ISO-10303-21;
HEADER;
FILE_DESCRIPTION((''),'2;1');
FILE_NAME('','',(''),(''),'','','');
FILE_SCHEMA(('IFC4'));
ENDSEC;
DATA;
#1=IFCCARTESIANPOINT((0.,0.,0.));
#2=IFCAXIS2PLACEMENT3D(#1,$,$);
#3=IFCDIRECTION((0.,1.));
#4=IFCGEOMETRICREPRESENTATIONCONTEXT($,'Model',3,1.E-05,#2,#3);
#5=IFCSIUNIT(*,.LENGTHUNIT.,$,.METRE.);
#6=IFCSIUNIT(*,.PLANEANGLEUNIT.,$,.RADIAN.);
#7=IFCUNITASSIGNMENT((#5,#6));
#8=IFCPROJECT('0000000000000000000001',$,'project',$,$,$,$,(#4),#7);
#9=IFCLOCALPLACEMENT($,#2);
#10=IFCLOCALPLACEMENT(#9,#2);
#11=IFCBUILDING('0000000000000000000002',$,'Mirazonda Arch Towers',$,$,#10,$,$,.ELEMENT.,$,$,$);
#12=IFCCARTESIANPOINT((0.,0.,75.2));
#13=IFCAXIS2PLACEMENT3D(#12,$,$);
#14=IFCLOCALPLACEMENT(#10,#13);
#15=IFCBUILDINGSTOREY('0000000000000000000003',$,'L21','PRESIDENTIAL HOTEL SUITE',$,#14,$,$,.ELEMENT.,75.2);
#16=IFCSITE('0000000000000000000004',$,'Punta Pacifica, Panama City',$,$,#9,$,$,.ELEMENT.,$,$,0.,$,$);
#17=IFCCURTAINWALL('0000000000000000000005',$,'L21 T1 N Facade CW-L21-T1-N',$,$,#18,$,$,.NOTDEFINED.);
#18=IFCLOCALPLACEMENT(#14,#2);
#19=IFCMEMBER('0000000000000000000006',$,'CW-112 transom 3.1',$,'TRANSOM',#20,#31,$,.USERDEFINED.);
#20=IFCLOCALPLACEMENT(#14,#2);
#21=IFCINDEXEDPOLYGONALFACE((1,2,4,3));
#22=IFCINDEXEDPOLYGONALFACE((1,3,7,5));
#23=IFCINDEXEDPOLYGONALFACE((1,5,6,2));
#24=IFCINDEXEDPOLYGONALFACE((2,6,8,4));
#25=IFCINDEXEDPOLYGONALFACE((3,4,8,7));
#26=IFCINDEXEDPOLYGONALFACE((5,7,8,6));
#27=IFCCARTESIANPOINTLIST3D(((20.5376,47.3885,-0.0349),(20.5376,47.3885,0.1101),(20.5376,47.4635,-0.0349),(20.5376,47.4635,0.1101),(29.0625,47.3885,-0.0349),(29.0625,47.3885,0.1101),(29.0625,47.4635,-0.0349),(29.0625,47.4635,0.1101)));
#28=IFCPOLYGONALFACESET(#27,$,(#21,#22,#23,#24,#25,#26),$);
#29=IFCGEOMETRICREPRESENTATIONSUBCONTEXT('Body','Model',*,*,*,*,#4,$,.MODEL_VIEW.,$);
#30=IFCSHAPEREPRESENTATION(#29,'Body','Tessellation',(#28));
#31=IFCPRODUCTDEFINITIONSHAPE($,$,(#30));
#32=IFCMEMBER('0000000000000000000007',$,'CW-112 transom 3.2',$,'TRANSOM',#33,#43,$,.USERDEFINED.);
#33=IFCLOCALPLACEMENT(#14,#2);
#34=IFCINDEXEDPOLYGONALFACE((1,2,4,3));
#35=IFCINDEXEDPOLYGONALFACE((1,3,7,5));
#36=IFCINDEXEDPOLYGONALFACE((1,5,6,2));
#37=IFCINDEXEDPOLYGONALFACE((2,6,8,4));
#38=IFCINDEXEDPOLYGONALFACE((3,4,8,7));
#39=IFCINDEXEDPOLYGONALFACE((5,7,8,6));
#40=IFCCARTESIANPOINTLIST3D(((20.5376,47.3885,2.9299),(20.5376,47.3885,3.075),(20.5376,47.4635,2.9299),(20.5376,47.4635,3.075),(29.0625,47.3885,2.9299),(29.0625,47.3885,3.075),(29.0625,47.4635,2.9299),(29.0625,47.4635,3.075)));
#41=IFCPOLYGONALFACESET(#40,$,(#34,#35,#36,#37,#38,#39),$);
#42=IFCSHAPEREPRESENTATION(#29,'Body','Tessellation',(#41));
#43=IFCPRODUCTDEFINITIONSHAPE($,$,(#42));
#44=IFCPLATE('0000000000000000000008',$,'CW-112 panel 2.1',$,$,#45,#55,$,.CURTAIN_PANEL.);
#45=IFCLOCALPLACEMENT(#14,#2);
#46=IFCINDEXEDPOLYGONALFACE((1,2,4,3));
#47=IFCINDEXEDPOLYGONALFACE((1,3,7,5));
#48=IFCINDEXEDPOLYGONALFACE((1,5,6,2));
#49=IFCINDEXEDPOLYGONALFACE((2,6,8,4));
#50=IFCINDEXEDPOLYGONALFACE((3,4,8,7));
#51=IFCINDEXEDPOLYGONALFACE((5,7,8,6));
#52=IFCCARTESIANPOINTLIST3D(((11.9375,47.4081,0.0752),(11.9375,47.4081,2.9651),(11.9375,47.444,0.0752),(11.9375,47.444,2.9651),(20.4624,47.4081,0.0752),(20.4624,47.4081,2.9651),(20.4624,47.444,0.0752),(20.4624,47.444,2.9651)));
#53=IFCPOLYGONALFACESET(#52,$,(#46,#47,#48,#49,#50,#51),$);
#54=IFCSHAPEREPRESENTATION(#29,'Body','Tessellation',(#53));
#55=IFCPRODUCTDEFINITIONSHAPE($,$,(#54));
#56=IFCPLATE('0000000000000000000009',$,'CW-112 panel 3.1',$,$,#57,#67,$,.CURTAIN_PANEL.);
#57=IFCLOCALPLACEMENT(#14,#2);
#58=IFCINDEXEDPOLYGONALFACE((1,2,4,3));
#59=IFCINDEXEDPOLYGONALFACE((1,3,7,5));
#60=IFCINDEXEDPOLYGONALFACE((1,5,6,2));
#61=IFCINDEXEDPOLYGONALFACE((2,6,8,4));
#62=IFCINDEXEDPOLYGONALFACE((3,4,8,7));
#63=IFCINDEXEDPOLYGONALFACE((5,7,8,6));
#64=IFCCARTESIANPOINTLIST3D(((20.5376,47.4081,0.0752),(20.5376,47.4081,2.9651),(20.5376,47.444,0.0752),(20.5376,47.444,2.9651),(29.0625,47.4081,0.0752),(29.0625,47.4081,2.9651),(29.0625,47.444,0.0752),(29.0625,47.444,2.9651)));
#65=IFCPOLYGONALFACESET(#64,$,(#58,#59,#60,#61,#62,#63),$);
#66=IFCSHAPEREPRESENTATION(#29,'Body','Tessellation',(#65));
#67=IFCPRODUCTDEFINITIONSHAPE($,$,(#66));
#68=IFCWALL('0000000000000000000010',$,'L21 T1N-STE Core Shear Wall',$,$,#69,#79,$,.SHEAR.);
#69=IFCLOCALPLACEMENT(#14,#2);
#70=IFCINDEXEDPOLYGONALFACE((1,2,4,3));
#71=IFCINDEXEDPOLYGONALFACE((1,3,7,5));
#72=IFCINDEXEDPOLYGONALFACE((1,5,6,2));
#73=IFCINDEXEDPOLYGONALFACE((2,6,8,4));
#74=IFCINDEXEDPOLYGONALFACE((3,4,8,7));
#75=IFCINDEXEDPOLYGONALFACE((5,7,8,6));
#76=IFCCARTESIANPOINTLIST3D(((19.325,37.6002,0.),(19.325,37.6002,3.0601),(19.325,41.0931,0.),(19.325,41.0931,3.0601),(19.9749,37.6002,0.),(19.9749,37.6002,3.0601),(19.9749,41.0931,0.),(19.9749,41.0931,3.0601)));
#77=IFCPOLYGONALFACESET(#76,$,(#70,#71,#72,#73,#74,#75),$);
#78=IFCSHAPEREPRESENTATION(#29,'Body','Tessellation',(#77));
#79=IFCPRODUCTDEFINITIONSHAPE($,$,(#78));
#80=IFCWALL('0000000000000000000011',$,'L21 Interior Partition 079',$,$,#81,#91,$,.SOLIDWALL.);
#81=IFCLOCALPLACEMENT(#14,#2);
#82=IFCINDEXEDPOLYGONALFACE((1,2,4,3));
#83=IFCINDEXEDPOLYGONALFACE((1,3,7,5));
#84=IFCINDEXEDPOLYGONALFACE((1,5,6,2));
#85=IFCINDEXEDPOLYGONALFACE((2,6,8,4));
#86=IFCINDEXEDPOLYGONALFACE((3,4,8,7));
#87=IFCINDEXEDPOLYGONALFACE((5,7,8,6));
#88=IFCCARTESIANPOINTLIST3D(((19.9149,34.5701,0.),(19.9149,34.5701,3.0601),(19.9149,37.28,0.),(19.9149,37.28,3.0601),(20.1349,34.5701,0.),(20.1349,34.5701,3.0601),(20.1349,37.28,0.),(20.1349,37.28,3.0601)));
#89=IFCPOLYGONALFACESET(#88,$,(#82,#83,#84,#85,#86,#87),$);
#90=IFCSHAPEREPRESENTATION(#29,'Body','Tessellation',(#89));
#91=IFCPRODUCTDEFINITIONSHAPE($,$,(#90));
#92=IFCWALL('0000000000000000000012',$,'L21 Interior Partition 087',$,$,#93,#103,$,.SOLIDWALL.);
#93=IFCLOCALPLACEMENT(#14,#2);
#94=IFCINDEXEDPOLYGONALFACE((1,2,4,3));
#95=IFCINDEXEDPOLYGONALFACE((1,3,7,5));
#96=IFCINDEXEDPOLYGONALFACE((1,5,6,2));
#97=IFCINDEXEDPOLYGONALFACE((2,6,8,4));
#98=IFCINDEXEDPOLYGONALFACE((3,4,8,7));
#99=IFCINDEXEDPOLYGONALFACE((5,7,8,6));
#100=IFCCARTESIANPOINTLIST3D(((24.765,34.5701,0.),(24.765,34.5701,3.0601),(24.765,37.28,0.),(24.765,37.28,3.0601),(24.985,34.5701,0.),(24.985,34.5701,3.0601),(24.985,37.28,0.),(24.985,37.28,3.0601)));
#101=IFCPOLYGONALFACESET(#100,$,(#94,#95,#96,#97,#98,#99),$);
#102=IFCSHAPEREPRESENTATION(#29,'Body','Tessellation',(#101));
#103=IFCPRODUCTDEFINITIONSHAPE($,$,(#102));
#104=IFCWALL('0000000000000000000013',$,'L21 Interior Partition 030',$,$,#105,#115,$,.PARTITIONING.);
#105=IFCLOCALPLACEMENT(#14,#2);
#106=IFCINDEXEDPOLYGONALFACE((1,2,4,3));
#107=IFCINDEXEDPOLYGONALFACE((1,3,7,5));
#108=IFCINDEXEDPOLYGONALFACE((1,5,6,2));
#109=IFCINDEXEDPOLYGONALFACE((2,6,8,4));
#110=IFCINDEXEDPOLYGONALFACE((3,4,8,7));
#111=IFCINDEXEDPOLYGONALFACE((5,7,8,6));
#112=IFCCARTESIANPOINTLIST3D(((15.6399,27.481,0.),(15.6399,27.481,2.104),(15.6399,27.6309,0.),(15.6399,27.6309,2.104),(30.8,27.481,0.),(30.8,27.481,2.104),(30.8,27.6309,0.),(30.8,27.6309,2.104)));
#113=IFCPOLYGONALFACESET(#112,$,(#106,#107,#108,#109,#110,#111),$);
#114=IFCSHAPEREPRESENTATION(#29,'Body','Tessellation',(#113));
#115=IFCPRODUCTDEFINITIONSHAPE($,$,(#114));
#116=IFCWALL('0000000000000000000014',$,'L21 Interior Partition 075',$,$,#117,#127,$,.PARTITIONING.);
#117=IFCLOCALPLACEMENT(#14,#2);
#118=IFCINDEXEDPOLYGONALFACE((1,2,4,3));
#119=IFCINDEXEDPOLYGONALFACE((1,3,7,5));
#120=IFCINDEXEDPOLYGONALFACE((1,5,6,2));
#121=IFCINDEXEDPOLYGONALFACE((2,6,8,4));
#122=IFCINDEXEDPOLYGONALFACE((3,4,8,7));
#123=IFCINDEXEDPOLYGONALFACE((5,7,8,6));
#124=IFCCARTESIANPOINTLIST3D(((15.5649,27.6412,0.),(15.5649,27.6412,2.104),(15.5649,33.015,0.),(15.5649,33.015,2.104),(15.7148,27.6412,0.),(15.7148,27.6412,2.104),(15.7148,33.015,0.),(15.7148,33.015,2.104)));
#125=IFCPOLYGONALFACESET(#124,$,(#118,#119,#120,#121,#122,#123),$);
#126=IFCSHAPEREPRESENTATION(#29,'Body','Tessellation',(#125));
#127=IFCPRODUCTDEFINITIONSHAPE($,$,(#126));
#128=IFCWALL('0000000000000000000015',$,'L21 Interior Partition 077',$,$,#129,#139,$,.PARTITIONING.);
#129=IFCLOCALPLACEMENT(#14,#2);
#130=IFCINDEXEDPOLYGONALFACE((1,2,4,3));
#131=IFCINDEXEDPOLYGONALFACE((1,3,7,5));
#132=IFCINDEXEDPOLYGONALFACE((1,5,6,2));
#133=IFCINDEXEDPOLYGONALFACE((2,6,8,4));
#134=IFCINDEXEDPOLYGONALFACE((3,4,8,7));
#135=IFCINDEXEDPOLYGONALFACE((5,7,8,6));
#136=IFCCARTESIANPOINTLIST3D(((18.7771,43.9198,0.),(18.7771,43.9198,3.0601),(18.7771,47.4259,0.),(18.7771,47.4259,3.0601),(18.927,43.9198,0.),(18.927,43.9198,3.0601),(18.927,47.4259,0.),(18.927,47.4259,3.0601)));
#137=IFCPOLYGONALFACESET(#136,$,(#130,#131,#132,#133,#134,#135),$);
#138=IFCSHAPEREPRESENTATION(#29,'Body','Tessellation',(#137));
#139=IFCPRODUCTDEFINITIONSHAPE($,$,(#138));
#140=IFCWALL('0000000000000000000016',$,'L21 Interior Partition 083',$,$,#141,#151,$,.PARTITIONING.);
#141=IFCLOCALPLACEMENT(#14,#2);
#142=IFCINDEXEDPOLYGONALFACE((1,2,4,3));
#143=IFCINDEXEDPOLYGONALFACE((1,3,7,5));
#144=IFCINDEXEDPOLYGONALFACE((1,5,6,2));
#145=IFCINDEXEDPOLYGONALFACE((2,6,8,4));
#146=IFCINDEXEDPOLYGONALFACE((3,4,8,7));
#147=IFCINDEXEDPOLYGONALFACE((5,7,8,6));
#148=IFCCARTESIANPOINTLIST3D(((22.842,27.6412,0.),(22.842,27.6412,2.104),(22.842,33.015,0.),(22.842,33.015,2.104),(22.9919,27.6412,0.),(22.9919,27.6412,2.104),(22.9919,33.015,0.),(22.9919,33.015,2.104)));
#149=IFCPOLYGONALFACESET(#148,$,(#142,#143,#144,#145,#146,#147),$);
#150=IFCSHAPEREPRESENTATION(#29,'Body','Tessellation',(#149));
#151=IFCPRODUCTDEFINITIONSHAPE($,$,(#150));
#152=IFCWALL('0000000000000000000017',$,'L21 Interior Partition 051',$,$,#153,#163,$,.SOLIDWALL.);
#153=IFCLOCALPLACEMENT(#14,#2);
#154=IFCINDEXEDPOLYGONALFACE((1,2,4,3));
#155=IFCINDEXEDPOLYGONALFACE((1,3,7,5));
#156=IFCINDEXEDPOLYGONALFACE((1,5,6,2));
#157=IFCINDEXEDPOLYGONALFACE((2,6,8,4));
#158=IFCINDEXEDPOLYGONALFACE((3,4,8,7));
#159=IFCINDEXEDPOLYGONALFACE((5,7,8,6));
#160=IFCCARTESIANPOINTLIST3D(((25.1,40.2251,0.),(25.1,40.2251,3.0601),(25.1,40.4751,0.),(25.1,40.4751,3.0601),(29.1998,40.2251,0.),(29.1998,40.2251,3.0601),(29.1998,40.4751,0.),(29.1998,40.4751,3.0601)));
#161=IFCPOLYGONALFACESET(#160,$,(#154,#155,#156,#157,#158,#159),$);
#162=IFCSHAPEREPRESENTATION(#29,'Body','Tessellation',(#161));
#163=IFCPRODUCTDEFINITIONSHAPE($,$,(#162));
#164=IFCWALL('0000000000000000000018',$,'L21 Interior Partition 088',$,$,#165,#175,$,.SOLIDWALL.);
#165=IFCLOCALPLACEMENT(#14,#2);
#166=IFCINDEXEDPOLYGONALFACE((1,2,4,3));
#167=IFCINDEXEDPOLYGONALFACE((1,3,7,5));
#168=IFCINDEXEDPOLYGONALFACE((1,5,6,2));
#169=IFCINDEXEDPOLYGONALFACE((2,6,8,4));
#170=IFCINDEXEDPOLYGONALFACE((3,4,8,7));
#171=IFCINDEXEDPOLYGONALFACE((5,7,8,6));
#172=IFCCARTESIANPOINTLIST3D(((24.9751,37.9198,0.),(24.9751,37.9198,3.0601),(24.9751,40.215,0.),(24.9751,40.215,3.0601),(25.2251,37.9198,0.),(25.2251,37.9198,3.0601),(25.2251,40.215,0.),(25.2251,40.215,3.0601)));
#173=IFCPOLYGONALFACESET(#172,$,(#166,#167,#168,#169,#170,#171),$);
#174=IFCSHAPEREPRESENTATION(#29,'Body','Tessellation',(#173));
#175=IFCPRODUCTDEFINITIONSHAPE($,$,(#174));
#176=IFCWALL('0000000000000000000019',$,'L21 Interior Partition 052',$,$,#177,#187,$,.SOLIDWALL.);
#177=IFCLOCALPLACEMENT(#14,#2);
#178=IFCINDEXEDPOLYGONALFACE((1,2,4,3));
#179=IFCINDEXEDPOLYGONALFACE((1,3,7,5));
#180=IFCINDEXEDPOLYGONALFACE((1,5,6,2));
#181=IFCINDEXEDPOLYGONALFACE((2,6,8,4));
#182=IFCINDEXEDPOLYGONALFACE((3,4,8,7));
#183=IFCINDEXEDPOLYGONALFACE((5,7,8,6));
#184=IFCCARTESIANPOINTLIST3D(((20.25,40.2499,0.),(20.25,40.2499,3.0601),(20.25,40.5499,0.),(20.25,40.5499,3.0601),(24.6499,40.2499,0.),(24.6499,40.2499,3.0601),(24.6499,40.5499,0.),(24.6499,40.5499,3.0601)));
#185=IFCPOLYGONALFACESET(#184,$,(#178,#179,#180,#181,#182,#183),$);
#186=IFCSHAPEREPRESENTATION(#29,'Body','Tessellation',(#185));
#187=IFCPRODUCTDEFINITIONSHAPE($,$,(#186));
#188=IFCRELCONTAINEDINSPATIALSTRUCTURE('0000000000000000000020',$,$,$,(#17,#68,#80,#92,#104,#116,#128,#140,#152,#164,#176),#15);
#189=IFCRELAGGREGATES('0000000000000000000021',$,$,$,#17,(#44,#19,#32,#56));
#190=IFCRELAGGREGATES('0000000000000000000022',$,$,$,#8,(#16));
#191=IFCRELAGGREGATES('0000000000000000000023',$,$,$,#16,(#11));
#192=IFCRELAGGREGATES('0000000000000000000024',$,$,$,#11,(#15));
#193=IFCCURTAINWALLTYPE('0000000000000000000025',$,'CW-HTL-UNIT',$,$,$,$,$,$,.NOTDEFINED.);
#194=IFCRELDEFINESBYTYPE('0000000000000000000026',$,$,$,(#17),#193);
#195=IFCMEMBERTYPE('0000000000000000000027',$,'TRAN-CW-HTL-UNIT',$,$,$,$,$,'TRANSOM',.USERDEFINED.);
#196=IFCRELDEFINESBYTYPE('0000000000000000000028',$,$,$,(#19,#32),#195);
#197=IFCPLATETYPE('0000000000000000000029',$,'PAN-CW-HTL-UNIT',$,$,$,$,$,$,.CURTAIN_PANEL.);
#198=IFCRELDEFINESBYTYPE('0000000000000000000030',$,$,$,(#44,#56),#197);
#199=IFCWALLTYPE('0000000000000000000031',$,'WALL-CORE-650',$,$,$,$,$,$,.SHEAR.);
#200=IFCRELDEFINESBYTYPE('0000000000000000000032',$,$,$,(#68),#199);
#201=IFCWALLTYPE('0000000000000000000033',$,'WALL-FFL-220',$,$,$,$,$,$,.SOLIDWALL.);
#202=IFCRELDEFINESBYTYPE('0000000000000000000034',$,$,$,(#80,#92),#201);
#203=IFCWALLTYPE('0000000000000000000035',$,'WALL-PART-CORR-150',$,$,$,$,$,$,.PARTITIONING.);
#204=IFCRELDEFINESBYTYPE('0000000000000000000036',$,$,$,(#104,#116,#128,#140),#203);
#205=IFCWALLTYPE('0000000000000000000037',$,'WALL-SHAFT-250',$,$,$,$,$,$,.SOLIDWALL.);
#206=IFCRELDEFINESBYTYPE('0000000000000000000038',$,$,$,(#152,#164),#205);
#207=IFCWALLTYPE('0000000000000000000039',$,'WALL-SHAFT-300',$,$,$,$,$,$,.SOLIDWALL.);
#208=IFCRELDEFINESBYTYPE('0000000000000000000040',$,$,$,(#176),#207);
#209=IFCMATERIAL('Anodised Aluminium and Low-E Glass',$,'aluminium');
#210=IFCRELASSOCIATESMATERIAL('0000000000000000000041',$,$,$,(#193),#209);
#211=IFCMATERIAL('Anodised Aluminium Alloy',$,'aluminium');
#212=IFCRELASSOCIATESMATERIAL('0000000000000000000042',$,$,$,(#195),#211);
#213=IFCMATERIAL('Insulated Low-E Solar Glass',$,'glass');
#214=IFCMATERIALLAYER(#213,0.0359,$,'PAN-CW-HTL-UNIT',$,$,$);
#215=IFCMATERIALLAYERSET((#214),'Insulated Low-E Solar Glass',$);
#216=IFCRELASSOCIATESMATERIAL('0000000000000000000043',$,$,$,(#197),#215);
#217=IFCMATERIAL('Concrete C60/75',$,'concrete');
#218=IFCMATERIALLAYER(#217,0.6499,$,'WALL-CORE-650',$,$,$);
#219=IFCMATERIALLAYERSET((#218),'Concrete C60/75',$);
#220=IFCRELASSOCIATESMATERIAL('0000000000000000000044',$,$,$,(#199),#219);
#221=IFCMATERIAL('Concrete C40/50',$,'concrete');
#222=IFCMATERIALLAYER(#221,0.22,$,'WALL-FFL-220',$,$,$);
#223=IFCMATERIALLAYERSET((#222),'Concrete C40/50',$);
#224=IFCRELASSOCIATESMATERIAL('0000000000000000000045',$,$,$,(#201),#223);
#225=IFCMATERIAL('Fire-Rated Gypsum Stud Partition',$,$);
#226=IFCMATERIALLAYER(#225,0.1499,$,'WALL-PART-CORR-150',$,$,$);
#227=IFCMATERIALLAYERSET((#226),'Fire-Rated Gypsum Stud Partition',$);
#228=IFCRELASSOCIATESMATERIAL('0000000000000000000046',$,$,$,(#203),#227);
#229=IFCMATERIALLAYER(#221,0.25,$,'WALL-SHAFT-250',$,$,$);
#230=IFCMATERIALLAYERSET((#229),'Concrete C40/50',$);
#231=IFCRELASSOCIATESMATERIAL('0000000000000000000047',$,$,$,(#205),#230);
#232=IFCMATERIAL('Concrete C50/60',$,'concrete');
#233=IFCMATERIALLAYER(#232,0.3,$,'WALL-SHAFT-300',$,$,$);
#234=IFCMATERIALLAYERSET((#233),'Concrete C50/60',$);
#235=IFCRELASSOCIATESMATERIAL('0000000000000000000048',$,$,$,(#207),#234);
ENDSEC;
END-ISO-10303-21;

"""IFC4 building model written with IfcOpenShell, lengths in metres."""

from ifc_helpers import new_model, si_unit, direction, frame, frame_2d, origin, origin_2d, place, context, subcontext, project, spatial, rectangle, extrude, material, layer, layer_set, material_profile, profile_set, type_object, element, aggregate, save


model = new_model("IFC4")

# Units and contexts
model_context = context("Model", 3, precision=1e-05, world=origin(), true_north=direction((0.0, 1.0)))
body_context = subcontext(model_context, "Body", "Model", "MODEL_VIEW")
ifc_project = project(units=[si_unit("LENGTHUNIT", "METRE"), si_unit("PLANEANGLEUNIT", "RADIAN")], contexts=[model_context])

# Site, building, storey
site_placement = place(None, origin())
site = spatial("IfcSite", under=ifc_project, at=site_placement, Name="Punta Pacifica, Panama City", CompositionType="ELEMENT", RefElevation=0.0)
building_placement = place(site_placement, origin())
building = spatial("IfcBuilding", under=site, at=building_placement, Name="Mirazonda Arch Towers", CompositionType="ELEMENT")
storey_placement = place(building_placement, frame((0.0, 0.0, 75.2)))
storey = spatial("IfcBuildingStorey", under=building, at=storey_placement, Name="L21", Description="PRESIDENTIAL HOTEL SUITE", CompositionType="ELEMENT", Elevation=75.2)

# Shared definitions
ifc_material_1 = material(Name="Concrete C60/75", Category="concrete")

# Curtain wall, members, plates
ifc_material_2 = material(Name="Anodised Aluminium and Low-E Glass", Category="aluminium")
curtain_wall_type = type_object("IfcCurtainWallType", Name="CW-HTL-UNIT", PredefinedType="NOTDEFINED", material=ifc_material_2)
curtain_wall_placement = place(storey_placement, origin())
curtain_wall = element("IfcCurtainWall", 1, at=curtain_wall_placement, inside=storey, type_object=curtain_wall_type, Name="L21 T1 N Facade CW-L21-T1-N", PredefinedType="NOTDEFINED")
ifc_material_3 = material(Name="Anodised Aluminium Alloy", Category="aluminium")
ifc_material_profile_1 = material_profile(ifc_material_3, rectangle(XDim=0.075, YDim=0.145, at=origin_2d()), Name="ALU-TRAN-75x145")
ifc_profile_set_1 = profile_set([ifc_material_profile_1], Name="Anodised Aluminium Alloy")
member_type_1 = type_object("IfcMemberType", Name="TRAN-CW-HTL-UNIT", ElementType="TRANSOM", PredefinedType="USERDEFINED", material=ifc_profile_set_1)
member_1_placement = place(storey_placement, frame((20.5376, 47.426, 0.0376), z_axis=(1.0, 0.0, 0.0), x_axis=(0.0, 1.0, 0.0)))
member_1 = element("IfcMember", 2, at=member_1_placement, type_object=member_type_1, Name="CW-112 transom 3.1", ObjectType="TRANSOM", PredefinedType="USERDEFINED", context=body_context, shape_type="SweptSolid", body=[
    extrude(rectangle(XDim=0.075, YDim=0.145, at=origin_2d()), origin(), (0.0, 0.0, 1.0), 8.5249),
])
member_2_placement = place(storey_placement, frame((20.5376, 47.426, 3.0024), z_axis=(1.0, 0.0, 0.0), x_axis=(0.0, 1.0, 0.0)))
member_2 = element("IfcMember", 3, at=member_2_placement, type_object=member_type_1, Name="CW-112 transom 3.2", ObjectType="TRANSOM", PredefinedType="USERDEFINED", context=body_context, shape_type="SweptSolid", body=[
    extrude(rectangle(XDim=0.075, YDim=0.145, at=origin_2d()), origin(), (0.0, 0.0, 1.0), 8.5249),
])
ifc_material_4 = material(Name="Insulated Low-E Solar Glass", Category="glass")
ifc_layer_1 = layer(ifc_material_4, 0.0359, Name="PAN-CW-HTL-UNIT")
ifc_layer_set_1 = layer_set([ifc_layer_1], Name="Insulated Low-E Solar Glass")
plate_type = type_object("IfcPlateType", Name="PAN-CW-HTL-UNIT", PredefinedType="CURTAIN_PANEL", material=ifc_layer_set_1)
plate_1_placement = place(storey_placement, frame((16.2, 47.426, 0.0752), z_axis=(0.0, 0.0, 1.0), x_axis=(1.0, 0.0, 0.0)))
plate_1 = element("IfcPlate", 4, at=plate_1_placement, type_object=plate_type, Name="CW-112 panel 2.1", PredefinedType="CURTAIN_PANEL", context=body_context, shape_type="SweptSolid", body=[
    extrude(rectangle(XDim=8.5249, YDim=0.0359, at=origin_2d()), origin(), (0.0, 0.0, 1.0), 2.8899),
])
plate_2_placement = place(storey_placement, frame((24.8, 47.426, 0.0752), z_axis=(0.0, 0.0, 1.0), x_axis=(1.0, 0.0, 0.0)))
plate_2 = element("IfcPlate", 5, at=plate_2_placement, type_object=plate_type, Name="CW-112 panel 3.1", PredefinedType="CURTAIN_PANEL", context=body_context, shape_type="SweptSolid", body=[
    extrude(rectangle(XDim=8.5249, YDim=0.0359, at=origin_2d()), origin(), (0.0, 0.0, 1.0), 2.8899),
])
aggregate(curtain_wall, [plate_1, member_1, member_2, plate_2])

# Walls
ifc_layer_2 = layer(ifc_material_1, 0.6499, Name="WALL-CORE-650")
ifc_layer_set_2 = layer_set([ifc_layer_2], Name="Concrete C60/75")
wall_type_1 = type_object("IfcWallType", Name="WALL-CORE-650", PredefinedType="SHEAR", material=ifc_layer_set_2)
wall_1_placement = place(storey_placement, frame((19.6499, 37.6001, 0.0), z_axis=(0.0, 0.0, 1.0), x_axis=(0.0, 1.0, 0.0)))
element("IfcWall", 6, at=wall_1_placement, inside=storey, type_object=wall_type_1, Name="L21 T1N-STE Core Shear Wall", PredefinedType="SHEAR", context=body_context, shape_type="SweptSolid", body=[
    extrude(rectangle(XDim=3.4929, YDim=0.6499, at=frame_2d((1.7466, 0.0))), origin(), (0.0, 0.0, 1.0), 3.0601),
])
ifc_material_5 = material(Name="Concrete C40/50", Category="concrete")
ifc_layer_3 = layer(ifc_material_5, 0.22, Name="WALL-FFL-220")
ifc_layer_set_3 = layer_set([ifc_layer_3], Name="Concrete C40/50")
wall_type_2 = type_object("IfcWallType", Name="WALL-FFL-220", PredefinedType="SOLIDWALL", material=ifc_layer_set_3)
for number, where, z_axis, x_axis, name in (
    (7, (20.0249, 34.5701, 0.0), (0.0, 0.0, 1.0), (0.0, 1.0, 0.0), "L21 Interior Partition 079"),
    (8, (24.875, 34.5701, 0.0), (0.0, 0.0, 1.0), (0.0, 1.0, 0.0), "L21 Interior Partition 087"),
):
    element("IfcWall", number, at=place(storey_placement, frame(where, z_axis=z_axis, x_axis=x_axis)), inside=storey, type_object=wall_type_2, Name=name, PredefinedType="SOLIDWALL", context=body_context, shape_type="SweptSolid", body=[
        extrude(rectangle(XDim=2.71, YDim=0.22, at=frame_2d((1.355, 0.0))), origin(), (0.0, 0.0, 1.0), 3.0601),
    ])
ifc_material_6 = material(Name="Fire-Rated Gypsum Stud Partition")
ifc_layer_4 = layer(ifc_material_6, 0.1499, Name="WALL-PART-CORR-150")
ifc_layer_set_4 = layer_set([ifc_layer_4], Name="Fire-Rated Gypsum Stud Partition")
wall_type_3 = type_object("IfcWallType", Name="WALL-PART-CORR-150", PredefinedType="PARTITIONING", material=ifc_layer_set_4)
wall_2_placement = place(storey_placement, frame((15.6399, 27.5559, 0.0), z_axis=(0.0, 0.0, 1.0), x_axis=(1.0, 0.0, 0.0)))
element("IfcWall", 9, at=wall_2_placement, inside=storey, type_object=wall_type_3, Name="L21 Interior Partition 030", PredefinedType="PARTITIONING", context=body_context, shape_type="SweptSolid", body=[
    extrude(rectangle(XDim=15.1602, YDim=0.1499, at=frame_2d((7.5801, 0.0))), origin(), (0.0, 0.0, 1.0), 2.104),
])
wall_3_placement = place(storey_placement, frame((15.6399, 27.6411, 0.0), z_axis=(0.0, 0.0, 1.0), x_axis=(0.0, 1.0, 0.0)))
element("IfcWall", 10, at=wall_3_placement, inside=storey, type_object=wall_type_3, Name="L21 Interior Partition 075", PredefinedType="PARTITIONING", context=body_context, shape_type="SweptSolid", body=[
    extrude(rectangle(XDim=5.3738, YDim=0.1499, at=frame_2d((2.687, 0.0))), origin(), (0.0, 0.0, 1.0), 2.104),
])
wall_4_placement = place(storey_placement, frame((18.8521, 43.9199, 0.0), z_axis=(0.0, 0.0, 1.0), x_axis=(0.0, 1.0, 0.0)))
element("IfcWall", 11, at=wall_4_placement, inside=storey, type_object=wall_type_3, Name="L21 Interior Partition 077", PredefinedType="PARTITIONING", context=body_context, shape_type="SweptSolid", body=[
    extrude(rectangle(XDim=3.5061, YDim=0.1499, at=frame_2d((1.7529, 0.0))), origin(), (0.0, 0.0, 1.0), 3.0601),
])
wall_5_placement = place(storey_placement, frame((22.917, 27.6411, 0.0), z_axis=(0.0, 0.0, 1.0), x_axis=(0.0, 1.0, 0.0)))
element("IfcWall", 12, at=wall_5_placement, inside=storey, type_object=wall_type_3, Name="L21 Interior Partition 083", PredefinedType="PARTITIONING", context=body_context, shape_type="SweptSolid", body=[
    extrude(rectangle(XDim=5.3738, YDim=0.1499, at=frame_2d((2.687, 0.0))), origin(), (0.0, 0.0, 1.0), 2.104),
])
ifc_layer_5 = layer(ifc_material_5, 0.25, Name="WALL-SHAFT-250")
ifc_layer_set_5 = layer_set([ifc_layer_5], Name="Concrete C40/50")
wall_type_4 = type_object("IfcWallType", Name="WALL-SHAFT-250", PredefinedType="SOLIDWALL", material=ifc_layer_set_5)
wall_6_placement = place(storey_placement, frame((25.1001, 40.3501, 0.0), z_axis=(0.0, 0.0, 1.0), x_axis=(1.0, 0.0, 0.0)))
element("IfcWall", 13, at=wall_6_placement, inside=storey, type_object=wall_type_4, Name="L21 Interior Partition 051", PredefinedType="SOLIDWALL", context=body_context, shape_type="SweptSolid", body=[
    extrude(rectangle(XDim=4.0999, YDim=0.25, at=frame_2d((2.0498, 0.0))), origin(), (0.0, 0.0, 1.0), 3.0601),
])
wall_7_placement = place(storey_placement, frame((25.1001, 37.9199, 0.0), z_axis=(0.0, 0.0, 1.0), x_axis=(0.0, 1.0, 0.0)))
element("IfcWall", 14, at=wall_7_placement, inside=storey, type_object=wall_type_4, Name="L21 Interior Partition 088", PredefinedType="SOLIDWALL", context=body_context, shape_type="SweptSolid", body=[
    extrude(rectangle(XDim=2.2952, YDim=0.25, at=frame_2d((1.1475, 0.0))), origin(), (0.0, 0.0, 1.0), 3.0601),
])
ifc_material_7 = material(Name="Concrete C50/60", Category="concrete")
ifc_layer_6 = layer(ifc_material_7, 0.3, Name="WALL-SHAFT-300")
ifc_layer_set_6 = layer_set([ifc_layer_6], Name="Concrete C50/60")
wall_type_5 = type_object("IfcWallType", Name="WALL-SHAFT-300", PredefinedType="SOLIDWALL", material=ifc_layer_set_6)
wall_8_placement = place(storey_placement, frame((20.25, 40.3999, 0.0), z_axis=(0.0, 0.0, 1.0), x_axis=(1.0, 0.0, 0.0)))
element("IfcWall", 15, at=wall_8_placement, inside=storey, type_object=wall_type_5, Name="L21 Interior Partition 052", PredefinedType="SOLIDWALL", context=body_context, shape_type="SweptSolid", body=[
    extrude(rectangle(XDim=4.3999, YDim=0.3, at=frame_2d((2.2, 0.0))), origin(), (0.0, 0.0, 1.0), 3.0601),
])

save(model, "model.ifc")
